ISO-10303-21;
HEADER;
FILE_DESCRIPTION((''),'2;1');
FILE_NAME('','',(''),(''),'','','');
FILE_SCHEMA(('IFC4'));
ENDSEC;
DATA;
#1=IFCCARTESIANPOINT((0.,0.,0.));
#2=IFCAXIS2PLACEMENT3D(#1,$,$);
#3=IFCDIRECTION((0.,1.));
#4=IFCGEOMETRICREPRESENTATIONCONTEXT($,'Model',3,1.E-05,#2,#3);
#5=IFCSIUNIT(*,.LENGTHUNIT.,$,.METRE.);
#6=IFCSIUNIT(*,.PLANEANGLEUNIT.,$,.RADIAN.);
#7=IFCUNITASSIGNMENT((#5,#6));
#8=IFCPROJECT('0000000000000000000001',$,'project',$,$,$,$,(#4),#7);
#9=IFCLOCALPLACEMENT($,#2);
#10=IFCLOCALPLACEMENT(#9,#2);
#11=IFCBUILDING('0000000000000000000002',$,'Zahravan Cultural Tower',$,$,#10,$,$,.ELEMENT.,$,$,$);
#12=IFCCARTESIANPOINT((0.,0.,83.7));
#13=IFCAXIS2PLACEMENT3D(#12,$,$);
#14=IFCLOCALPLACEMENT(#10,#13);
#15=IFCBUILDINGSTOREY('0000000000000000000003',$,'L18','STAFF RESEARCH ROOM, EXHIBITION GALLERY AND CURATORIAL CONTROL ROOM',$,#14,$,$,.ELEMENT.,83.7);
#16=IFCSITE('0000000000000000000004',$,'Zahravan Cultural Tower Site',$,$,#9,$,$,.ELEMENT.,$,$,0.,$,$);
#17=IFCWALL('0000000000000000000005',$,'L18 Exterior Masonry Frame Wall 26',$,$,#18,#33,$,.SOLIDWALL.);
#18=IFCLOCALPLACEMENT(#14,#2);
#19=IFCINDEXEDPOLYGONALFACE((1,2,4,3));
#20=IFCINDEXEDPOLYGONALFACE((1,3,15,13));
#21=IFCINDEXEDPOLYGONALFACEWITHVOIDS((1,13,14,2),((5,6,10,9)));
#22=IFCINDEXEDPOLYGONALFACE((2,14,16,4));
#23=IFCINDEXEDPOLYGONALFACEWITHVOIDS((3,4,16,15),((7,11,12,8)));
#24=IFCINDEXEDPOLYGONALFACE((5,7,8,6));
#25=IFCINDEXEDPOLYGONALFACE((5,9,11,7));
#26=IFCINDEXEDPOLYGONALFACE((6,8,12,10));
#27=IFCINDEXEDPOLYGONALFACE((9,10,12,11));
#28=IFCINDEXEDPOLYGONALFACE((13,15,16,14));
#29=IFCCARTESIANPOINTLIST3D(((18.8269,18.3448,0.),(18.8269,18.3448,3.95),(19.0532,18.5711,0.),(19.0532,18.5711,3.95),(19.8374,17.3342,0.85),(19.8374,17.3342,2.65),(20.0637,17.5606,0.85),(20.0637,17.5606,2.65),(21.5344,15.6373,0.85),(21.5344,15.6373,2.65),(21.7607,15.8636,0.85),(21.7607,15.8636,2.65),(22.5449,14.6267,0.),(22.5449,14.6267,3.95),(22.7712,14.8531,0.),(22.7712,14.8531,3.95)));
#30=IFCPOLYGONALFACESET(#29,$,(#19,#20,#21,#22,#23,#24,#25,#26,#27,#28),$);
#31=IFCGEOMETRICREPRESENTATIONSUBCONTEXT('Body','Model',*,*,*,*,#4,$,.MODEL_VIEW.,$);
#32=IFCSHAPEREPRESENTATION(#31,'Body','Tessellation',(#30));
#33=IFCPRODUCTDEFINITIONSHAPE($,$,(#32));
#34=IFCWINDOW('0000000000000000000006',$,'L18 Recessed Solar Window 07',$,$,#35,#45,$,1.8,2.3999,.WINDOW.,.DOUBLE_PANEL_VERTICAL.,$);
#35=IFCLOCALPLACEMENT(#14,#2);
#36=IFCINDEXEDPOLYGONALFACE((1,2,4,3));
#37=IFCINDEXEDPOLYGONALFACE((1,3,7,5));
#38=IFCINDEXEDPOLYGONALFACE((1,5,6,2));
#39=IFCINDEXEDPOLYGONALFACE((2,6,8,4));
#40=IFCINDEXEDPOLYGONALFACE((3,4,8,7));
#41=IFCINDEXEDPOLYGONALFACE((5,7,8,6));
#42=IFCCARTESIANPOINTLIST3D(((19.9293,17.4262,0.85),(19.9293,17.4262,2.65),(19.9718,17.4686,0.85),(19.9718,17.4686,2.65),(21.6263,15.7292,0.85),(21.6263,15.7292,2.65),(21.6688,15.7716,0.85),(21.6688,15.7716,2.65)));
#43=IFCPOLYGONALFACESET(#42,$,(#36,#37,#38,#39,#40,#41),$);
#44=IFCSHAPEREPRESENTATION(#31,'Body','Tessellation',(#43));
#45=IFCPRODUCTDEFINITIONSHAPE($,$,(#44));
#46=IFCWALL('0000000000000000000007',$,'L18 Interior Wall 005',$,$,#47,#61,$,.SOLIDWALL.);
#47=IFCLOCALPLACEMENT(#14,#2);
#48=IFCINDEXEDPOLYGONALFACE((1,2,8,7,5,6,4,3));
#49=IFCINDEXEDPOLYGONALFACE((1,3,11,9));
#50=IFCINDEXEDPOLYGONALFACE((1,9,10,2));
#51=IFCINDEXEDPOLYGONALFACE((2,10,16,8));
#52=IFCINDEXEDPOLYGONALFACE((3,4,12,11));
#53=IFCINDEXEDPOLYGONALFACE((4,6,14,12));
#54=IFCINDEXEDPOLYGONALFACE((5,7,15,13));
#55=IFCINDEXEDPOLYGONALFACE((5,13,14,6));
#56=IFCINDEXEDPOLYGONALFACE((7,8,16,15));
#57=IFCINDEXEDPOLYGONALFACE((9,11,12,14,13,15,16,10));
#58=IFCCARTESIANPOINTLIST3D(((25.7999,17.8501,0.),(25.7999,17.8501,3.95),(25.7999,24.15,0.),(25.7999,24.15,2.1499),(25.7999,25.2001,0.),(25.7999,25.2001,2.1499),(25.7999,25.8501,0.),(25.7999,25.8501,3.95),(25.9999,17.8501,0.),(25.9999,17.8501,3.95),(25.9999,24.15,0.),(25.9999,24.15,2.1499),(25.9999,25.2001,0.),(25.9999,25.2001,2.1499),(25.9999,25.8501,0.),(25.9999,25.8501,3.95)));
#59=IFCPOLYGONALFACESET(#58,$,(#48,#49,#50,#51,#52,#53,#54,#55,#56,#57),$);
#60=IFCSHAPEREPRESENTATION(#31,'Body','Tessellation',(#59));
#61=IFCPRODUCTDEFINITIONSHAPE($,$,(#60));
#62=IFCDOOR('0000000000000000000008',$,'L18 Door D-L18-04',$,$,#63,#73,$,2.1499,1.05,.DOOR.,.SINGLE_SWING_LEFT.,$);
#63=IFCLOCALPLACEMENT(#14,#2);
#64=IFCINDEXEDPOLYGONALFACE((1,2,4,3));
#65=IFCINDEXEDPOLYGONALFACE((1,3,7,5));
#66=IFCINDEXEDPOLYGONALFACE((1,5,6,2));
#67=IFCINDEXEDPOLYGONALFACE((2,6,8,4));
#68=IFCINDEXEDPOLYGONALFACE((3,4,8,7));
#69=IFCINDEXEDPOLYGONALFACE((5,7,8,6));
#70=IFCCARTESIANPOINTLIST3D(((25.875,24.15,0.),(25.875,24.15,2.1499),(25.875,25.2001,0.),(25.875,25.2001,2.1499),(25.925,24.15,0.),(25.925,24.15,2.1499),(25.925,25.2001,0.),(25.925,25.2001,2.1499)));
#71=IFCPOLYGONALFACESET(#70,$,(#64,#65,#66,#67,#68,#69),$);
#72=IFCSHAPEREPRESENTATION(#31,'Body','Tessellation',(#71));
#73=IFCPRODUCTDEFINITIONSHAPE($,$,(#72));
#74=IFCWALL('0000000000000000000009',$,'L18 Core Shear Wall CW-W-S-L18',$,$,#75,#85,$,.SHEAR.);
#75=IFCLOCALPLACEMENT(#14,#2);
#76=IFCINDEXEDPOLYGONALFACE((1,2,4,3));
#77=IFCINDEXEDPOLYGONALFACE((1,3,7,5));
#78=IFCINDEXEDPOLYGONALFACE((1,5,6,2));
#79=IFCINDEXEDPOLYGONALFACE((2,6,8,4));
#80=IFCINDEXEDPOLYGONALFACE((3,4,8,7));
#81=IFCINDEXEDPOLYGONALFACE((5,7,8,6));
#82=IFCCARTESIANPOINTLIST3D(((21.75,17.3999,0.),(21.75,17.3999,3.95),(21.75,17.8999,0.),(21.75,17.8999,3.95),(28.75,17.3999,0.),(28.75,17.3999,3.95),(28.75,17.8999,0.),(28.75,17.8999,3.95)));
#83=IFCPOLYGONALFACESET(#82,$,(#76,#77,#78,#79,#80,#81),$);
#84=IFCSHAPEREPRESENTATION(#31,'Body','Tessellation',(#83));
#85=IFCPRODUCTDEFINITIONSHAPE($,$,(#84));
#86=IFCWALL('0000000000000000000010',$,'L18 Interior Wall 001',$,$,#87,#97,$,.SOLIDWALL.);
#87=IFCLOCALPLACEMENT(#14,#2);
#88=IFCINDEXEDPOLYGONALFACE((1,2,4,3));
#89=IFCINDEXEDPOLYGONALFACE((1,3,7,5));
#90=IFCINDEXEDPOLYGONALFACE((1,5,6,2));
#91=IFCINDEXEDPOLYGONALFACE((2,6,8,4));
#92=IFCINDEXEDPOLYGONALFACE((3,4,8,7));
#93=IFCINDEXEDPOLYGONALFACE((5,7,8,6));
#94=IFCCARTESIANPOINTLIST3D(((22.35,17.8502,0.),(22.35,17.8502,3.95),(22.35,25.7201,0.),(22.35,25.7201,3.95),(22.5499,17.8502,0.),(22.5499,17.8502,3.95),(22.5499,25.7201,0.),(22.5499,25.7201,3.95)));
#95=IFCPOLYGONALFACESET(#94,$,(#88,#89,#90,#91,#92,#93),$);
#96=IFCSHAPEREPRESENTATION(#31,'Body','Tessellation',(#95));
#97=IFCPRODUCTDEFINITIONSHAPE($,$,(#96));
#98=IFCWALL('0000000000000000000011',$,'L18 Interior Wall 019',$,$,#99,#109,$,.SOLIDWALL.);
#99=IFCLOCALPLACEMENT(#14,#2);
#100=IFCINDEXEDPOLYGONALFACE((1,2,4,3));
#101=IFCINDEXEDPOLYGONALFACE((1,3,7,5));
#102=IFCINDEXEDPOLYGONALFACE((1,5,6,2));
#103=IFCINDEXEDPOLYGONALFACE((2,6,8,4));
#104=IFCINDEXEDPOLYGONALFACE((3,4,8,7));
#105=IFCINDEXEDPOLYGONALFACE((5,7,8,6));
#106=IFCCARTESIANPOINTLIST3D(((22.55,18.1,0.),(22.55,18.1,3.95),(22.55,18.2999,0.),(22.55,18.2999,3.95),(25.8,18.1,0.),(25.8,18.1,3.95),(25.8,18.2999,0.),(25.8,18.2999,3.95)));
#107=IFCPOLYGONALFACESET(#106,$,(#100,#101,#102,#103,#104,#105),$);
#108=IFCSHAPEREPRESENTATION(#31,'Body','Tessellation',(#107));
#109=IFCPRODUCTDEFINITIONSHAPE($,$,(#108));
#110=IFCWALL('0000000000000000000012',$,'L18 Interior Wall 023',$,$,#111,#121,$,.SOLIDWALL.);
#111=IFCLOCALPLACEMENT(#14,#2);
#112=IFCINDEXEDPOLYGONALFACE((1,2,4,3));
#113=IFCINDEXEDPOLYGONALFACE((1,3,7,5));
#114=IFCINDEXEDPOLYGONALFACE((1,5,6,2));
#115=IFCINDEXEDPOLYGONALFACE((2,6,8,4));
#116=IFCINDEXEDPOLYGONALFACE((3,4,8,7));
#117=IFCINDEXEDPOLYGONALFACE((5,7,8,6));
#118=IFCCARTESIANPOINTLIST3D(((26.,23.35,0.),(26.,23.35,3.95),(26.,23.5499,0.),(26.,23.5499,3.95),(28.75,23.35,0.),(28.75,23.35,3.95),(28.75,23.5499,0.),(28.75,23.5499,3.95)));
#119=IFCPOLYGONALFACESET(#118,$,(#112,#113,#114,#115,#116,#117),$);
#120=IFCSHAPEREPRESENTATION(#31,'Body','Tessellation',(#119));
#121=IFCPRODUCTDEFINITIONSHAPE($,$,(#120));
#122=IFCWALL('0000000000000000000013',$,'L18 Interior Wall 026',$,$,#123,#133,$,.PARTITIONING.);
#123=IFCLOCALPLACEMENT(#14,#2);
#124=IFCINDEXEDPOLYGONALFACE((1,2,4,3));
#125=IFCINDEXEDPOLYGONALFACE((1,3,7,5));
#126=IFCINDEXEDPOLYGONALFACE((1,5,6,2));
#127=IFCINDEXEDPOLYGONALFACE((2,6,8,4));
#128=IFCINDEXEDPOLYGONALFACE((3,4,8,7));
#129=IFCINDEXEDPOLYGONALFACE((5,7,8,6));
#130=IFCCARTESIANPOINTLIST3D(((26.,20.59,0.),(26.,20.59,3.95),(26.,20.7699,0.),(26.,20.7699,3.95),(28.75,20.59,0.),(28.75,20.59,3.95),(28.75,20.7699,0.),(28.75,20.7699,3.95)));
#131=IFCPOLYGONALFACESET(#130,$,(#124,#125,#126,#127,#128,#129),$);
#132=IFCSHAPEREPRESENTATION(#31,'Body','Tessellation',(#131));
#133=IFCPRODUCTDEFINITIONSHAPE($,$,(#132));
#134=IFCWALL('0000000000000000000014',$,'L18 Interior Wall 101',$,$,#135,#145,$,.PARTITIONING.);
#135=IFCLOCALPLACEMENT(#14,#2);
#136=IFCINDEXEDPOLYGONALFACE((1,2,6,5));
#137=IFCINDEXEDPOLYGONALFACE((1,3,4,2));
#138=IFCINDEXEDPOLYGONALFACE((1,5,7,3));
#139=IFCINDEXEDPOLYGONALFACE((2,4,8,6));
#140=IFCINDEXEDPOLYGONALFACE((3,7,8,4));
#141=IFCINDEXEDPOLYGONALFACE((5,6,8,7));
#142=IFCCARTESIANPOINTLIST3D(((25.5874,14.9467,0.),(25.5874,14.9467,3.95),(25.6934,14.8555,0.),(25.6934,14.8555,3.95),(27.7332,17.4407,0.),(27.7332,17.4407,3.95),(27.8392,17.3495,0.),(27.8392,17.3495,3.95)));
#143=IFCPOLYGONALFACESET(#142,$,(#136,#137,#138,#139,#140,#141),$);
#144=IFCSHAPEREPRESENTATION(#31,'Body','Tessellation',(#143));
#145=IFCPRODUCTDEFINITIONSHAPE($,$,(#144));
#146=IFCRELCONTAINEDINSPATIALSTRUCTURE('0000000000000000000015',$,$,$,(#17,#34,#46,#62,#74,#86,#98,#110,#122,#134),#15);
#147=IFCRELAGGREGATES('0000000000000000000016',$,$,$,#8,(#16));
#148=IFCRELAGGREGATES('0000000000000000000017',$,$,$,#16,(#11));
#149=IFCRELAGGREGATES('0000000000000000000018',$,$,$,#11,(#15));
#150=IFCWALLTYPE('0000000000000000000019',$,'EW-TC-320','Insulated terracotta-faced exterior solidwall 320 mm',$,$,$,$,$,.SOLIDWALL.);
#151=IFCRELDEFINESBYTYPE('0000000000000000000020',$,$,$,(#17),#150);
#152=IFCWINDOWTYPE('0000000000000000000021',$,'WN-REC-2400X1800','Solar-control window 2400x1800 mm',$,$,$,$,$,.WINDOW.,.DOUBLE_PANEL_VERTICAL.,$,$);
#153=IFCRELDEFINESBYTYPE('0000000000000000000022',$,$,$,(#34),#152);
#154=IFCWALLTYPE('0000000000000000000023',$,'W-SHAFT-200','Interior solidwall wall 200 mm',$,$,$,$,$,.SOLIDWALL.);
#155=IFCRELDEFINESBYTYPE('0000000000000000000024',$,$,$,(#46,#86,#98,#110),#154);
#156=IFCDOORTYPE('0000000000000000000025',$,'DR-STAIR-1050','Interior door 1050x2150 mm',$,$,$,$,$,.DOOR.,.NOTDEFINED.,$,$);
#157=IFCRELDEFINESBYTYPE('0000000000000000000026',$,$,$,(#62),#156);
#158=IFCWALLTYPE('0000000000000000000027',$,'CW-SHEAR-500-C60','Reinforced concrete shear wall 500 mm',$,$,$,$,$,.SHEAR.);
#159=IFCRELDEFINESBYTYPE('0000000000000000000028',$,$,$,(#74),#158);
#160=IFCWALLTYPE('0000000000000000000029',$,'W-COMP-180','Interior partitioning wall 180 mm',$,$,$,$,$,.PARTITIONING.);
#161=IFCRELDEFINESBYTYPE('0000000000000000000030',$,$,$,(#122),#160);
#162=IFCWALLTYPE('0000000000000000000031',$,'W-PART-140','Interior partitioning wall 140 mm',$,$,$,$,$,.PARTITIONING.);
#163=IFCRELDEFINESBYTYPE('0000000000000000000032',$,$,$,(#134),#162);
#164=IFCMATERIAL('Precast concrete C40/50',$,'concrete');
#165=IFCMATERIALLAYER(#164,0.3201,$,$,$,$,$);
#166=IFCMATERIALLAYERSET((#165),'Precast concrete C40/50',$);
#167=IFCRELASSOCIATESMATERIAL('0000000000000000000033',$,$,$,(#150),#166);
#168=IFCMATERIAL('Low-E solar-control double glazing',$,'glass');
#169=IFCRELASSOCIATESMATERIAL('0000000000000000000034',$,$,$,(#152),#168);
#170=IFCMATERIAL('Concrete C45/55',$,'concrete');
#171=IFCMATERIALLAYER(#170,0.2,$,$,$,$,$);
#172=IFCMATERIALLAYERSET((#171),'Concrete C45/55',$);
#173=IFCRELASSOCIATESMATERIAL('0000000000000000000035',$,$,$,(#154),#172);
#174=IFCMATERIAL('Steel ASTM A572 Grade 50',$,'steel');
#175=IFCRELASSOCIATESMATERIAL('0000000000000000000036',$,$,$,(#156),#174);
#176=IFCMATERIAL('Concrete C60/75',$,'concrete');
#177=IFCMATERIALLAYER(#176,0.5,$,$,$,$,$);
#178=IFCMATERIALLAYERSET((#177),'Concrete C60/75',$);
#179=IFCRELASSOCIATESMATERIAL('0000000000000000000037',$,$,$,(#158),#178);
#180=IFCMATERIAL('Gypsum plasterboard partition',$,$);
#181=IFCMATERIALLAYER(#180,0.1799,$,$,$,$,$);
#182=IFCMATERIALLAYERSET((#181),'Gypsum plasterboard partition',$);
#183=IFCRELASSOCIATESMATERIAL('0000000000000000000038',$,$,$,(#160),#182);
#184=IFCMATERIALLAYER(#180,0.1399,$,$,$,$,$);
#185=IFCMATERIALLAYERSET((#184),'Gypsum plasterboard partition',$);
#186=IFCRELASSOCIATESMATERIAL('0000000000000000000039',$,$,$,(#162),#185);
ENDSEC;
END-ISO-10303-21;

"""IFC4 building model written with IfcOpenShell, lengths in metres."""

from ifc_helpers import new_model, si_unit, direction, frame, frame_2d, origin, place, context, subcontext, project, spatial, rectangle, extrude, source, transform, mapped, material, layer, layer_set, type_object, element, fill, save


model = new_model("IFC4")

# Units and contexts
model_context = context("Model", 3, precision=1e-05, world=origin(), true_north=direction((0.0, 1.0)))
body_context = subcontext(model_context, "Body", "Model", "MODEL_VIEW")
ifc_project = project(units=[si_unit("LENGTHUNIT", "METRE"), si_unit("PLANEANGLEUNIT", "RADIAN")], contexts=[model_context])

# Site, building, storey
site_placement = place(None, origin())
site = spatial("IfcSite", under=ifc_project, at=site_placement, Name="Zahravan Cultural Tower Site", CompositionType="ELEMENT", RefElevation=0.0)
building_placement = place(site_placement, origin())
building = spatial("IfcBuilding", under=site, at=building_placement, Name="Zahravan Cultural Tower", CompositionType="ELEMENT")
storey_placement = place(building_placement, frame((0.0, 0.0, 83.7)))
storey = spatial("IfcBuildingStorey", under=building, at=storey_placement, Name="L18", Description="STAFF RESEARCH ROOM, EXHIBITION GALLERY AND CURATORIAL CONTROL ROOM", CompositionType="ELEMENT", Elevation=83.7)

# Shared definitions
ifc_material_1 = material(Name="Concrete C60/75", Category="concrete")

# Wall, opening, window
ifc_material_2 = material(Name="Precast concrete C40/50", Category="concrete")
ifc_layer_1 = layer(ifc_material_2, 0.3201)
ifc_layer_set_1 = layer_set([ifc_layer_1], Name="Precast concrete C40/50")
wall_type_1 = type_object("IfcWallType", Name="EW-TC-320", Description="Insulated terracotta-faced exterior solidwall 320 mm", PredefinedType="SOLIDWALL", material=ifc_layer_set_1)
wall_1_placement = place(storey_placement, frame((22.658, 14.74, 0.0), z_axis=(0.0, 0.0, 1.0), x_axis=(-0.707107, 0.707107, 0.0)))
wall_1 = element("IfcWall", 1, at=wall_1_placement, inside=storey, type_object=wall_type_1, Name="L18 Exterior Masonry Frame Wall 26", PredefinedType="SOLIDWALL", context=body_context, shape_type="SweptSolid", body=[
    extrude(rectangle(XDim=5.2581, YDim=0.3201, at=frame_2d((2.6289, 0.0))), origin(), (0.0, 0.0, 1.0), 3.95),
])
opening_1_placement = place(wall_1_placement, frame((1.429, 0.0, 0.8501)))
opening_1 = element("IfcOpeningElement", 2, at=opening_1_placement, cuts=wall_1, PredefinedType="OPENING", context=body_context, shape_type="SweptSolid", body=[
    extrude(rectangle(XDim=2.3999, YDim=1.8, at=frame_2d((1.2, 0.8999))), frame((0.0, 0.1699, 0.0), z_axis=(0.0, -1.0, 0.0), x_axis=(1.0, 0.0, 0.0)), (0.0, 0.0, 1.0), 0.3401),
])
ifc_material_3 = material(Name="Low-E solar-control double glazing", Category="glass")
window_type = type_object("IfcWindowType", Name="WN-REC-2400X1800", Description="Solar-control window 2400x1800 mm", PartitioningType="DOUBLE_PANEL_VERTICAL", PredefinedType="WINDOW", material=ifc_material_3)
shared_shape_1 = source(origin(), body_context, "Body", "SweptSolid", [
    extrude(rectangle(XDim=2.3999, YDim=1.8, at=frame_2d((1.2, 0.8999))), frame((0.0, 0.03, 0.0), z_axis=(0.0, -1.0, 0.0), x_axis=(1.0, 0.0, 0.0)), (0.0, 0.0, 1.0), 0.0601),
])
window_placement = place(opening_1_placement, origin())
window = element("IfcWindow", 3, at=window_placement, inside=storey, type_object=window_type, Name="L18 Recessed Solar Window 07", OverallHeight=1.8, OverallWidth=2.3999, PartitioningType="DOUBLE_PANEL_VERTICAL", PredefinedType="WINDOW", context=body_context, shape_type="MappedRepresentation", body=[
    mapped(shared_shape_1, transform((0.0, 0.0, 0.0), x_axis=(1.0, 0.0, 0.0), y_axis=(0.0, 1.0, 0.0), z_axis=(0.0, 0.0, 1.0), scale=1.0)),
])
fill(opening_1, window)

# Wall, opening, door
ifc_material_4 = material(Name="Concrete C45/55", Category="concrete")
ifc_layer_2 = layer(ifc_material_4, 0.2)
ifc_layer_set_2 = layer_set([ifc_layer_2], Name="Concrete C45/55")
wall_type_2 = type_object("IfcWallType", Name="W-SHAFT-200", Description="Interior solidwall wall 200 mm", PredefinedType="SOLIDWALL", material=ifc_layer_set_2)
wall_2_placement = place(storey_placement, frame((25.8999, 17.8501, 0.0), z_axis=(0.0, 0.0, 1.0), x_axis=(0.0, 1.0, 0.0)))
wall_2 = element("IfcWall", 4, at=wall_2_placement, inside=storey, type_object=wall_type_2, Name="L18 Interior Wall 005", PredefinedType="SOLIDWALL", context=body_context, shape_type="SweptSolid", body=[
    extrude(rectangle(XDim=8.0, YDim=0.2, at=frame_2d((4.0, 0.0))), origin(), (0.0, 0.0, 1.0), 3.95),
])
opening_2_placement = place(wall_2_placement, frame((6.3, 0.0, 0.0)))
opening_2 = element("IfcOpeningElement", 5, at=opening_2_placement, cuts=wall_2, PredefinedType="OPENING", context=body_context, shape_type="SweptSolid", body=[
    extrude(rectangle(XDim=1.05, YDim=2.1499, at=frame_2d((0.5249, 1.075))), frame((0.0, 0.1099, 0.0), z_axis=(0.0, -1.0, 0.0), x_axis=(1.0, 0.0, 0.0)), (0.0, 0.0, 1.0), 0.22),
])
ifc_material_5 = material(Name="Steel ASTM A572 Grade 50", Category="steel")
door_type = type_object("IfcDoorType", Name="DR-STAIR-1050", Description="Interior door 1050x2150 mm", OperationType="NOTDEFINED", PredefinedType="DOOR", material=ifc_material_5)
shared_shape_2 = source(origin(), body_context, "Body", "SweptSolid", [
    extrude(rectangle(XDim=1.05, YDim=2.1499, at=frame_2d((0.5249, 1.075))), frame((0.0, 0.0249, 0.0), z_axis=(0.0, -1.0, 0.0), x_axis=(1.0, 0.0, 0.0)), (0.0, 0.0, 1.0), 0.05),
])
door_placement = place(opening_2_placement, origin())
door = element("IfcDoor", 6, at=door_placement, inside=storey, type_object=door_type, Name="L18 Door D-L18-04", OperationType="SINGLE_SWING_LEFT", OverallHeight=2.1499, OverallWidth=1.05, PredefinedType="DOOR", context=body_context, shape_type="MappedRepresentation", body=[
    mapped(shared_shape_2, transform((0.0, 0.0, 0.0), x_axis=(1.0, 0.0, 0.0), y_axis=(0.0, 1.0, 0.0), z_axis=(0.0, 0.0, 1.0), scale=1.0)),
])
fill(opening_2, door)

# Walls
ifc_layer_3 = layer(ifc_material_1, 0.5)
ifc_layer_set_3 = layer_set([ifc_layer_3], Name="Concrete C60/75")
wall_type_3 = type_object("IfcWallType", Name="CW-SHEAR-500-C60", Description="Reinforced concrete shear wall 500 mm", PredefinedType="SHEAR", material=ifc_layer_set_3)
shared_shape_3 = source(origin(), body_context, "Body", "SweptSolid", [
    extrude(rectangle(XDim=7.0, YDim=0.5, at=frame_2d((3.5, 0.0))), origin(), (0.0, 0.0, 1.0), 3.95),
])
wall_3_placement = place(storey_placement, frame((21.75, 17.6499, 0.0), z_axis=(0.0, 0.0, 1.0), x_axis=(1.0, 0.0, 0.0)))
element("IfcWall", 7, at=wall_3_placement, inside=storey, type_object=wall_type_3, Name="L18 Core Shear Wall CW-W-S-L18", PredefinedType="SHEAR", context=body_context, shape_type="MappedRepresentation", body=[
    mapped(shared_shape_3, transform((0.0, 0.0, 0.0), x_axis=(1.0, 0.0, 0.0), y_axis=(0.0, 1.0, 0.0), z_axis=(0.0, 0.0, 1.0), scale=1.0)),
])
shared_shape_4 = source(origin(), body_context, "Body", "SweptSolid", [
    extrude(rectangle(XDim=7.8699, YDim=0.2, at=frame_2d((3.9351, 0.0))), origin(), (0.0, 0.0, 1.0), 3.95),
])
wall_4_placement = place(storey_placement, frame((22.45, 17.8501, 0.0), z_axis=(0.0, 0.0, 1.0), x_axis=(0.0, 1.0, 0.0)))
element("IfcWall", 8, at=wall_4_placement, inside=storey, type_object=wall_type_2, Name="L18 Interior Wall 001", PredefinedType="SOLIDWALL", context=body_context, shape_type="MappedRepresentation", body=[
    mapped(shared_shape_4, transform((0.0, 0.0, 0.0), x_axis=(1.0, 0.0, 0.0), y_axis=(0.0, 1.0, 0.0), z_axis=(0.0, 0.0, 1.0), scale=1.0)),
])
shared_shape_5 = source(origin(), body_context, "Body", "SweptSolid", [
    extrude(rectangle(XDim=3.25, YDim=0.2, at=frame_2d((1.625, 0.0))), origin(), (0.0, 0.0, 1.0), 3.95),
])
wall_5_placement = place(storey_placement, frame((22.55, 18.2, 0.0), z_axis=(0.0, 0.0, 1.0), x_axis=(1.0, 0.0, 0.0)))
element("IfcWall", 9, at=wall_5_placement, inside=storey, type_object=wall_type_2, Name="L18 Interior Wall 019", PredefinedType="SOLIDWALL", context=body_context, shape_type="MappedRepresentation", body=[
    mapped(shared_shape_5, transform((0.0, 0.0, 0.0), x_axis=(1.0, 0.0, 0.0), y_axis=(0.0, 1.0, 0.0), z_axis=(0.0, 0.0, 1.0), scale=1.0)),
])
shared_shape_6 = source(origin(), body_context, "Body", "SweptSolid", [
    extrude(rectangle(XDim=2.75, YDim=0.2, at=frame_2d((1.375, 0.0))), origin(), (0.0, 0.0, 1.0), 3.95),
])
wall_6_placement = place(storey_placement, frame((26.0, 23.45, 0.0), z_axis=(0.0, 0.0, 1.0), x_axis=(1.0, 0.0, 0.0)))
element("IfcWall", 10, at=wall_6_placement, inside=storey, type_object=wall_type_2, Name="L18 Interior Wall 023", PredefinedType="SOLIDWALL", context=body_context, shape_type="MappedRepresentation", body=[
    mapped(shared_shape_6, transform((0.0, 0.0, 0.0), x_axis=(1.0, 0.0, 0.0), y_axis=(0.0, 1.0, 0.0), z_axis=(0.0, 0.0, 1.0), scale=1.0)),
])
ifc_material_6 = material(Name="Gypsum plasterboard partition")
ifc_layer_4 = layer(ifc_material_6, 0.1799)
ifc_layer_set_4 = layer_set([ifc_layer_4], Name="Gypsum plasterboard partition")
wall_type_4 = type_object("IfcWallType", Name="W-COMP-180", Description="Interior partitioning wall 180 mm", PredefinedType="PARTITIONING", material=ifc_layer_set_4)
shared_shape_7 = source(origin(), body_context, "Body", "SweptSolid", [
    extrude(rectangle(XDim=2.75, YDim=0.1799, at=frame_2d((1.375, 0.0))), origin(), (0.0, 0.0, 1.0), 3.95),
])
wall_7_placement = place(storey_placement, frame((26.0, 20.6799, 0.0), z_axis=(0.0, 0.0, 1.0), x_axis=(1.0, 0.0, 0.0)))
element("IfcWall", 11, at=wall_7_placement, inside=storey, type_object=wall_type_4, Name="L18 Interior Wall 026", PredefinedType="PARTITIONING", context=body_context, shape_type="MappedRepresentation", body=[
    mapped(shared_shape_7, transform((0.0, 0.0, 0.0), x_axis=(1.0, 0.0, 0.0), y_axis=(0.0, 1.0, 0.0), z_axis=(0.0, 0.0, 1.0), scale=1.0)),
])
ifc_layer_5 = layer(ifc_material_6, 0.1399)
ifc_layer_set_5 = layer_set([ifc_layer_5], Name="Gypsum plasterboard partition")
wall_type_5 = type_object("IfcWallType", Name="W-PART-140", Description="Interior partitioning wall 140 mm", PredefinedType="PARTITIONING", material=ifc_layer_set_5)
shared_shape_8 = source(origin(), body_context, "Body", "SweptSolid", [
    extrude(rectangle(XDim=3.29, YDim=0.1399, at=frame_2d((1.645, 0.0))), origin(), (0.0, 0.0, 1.0), 3.95),
])
wall_8_placement = place(storey_placement, frame((25.6404, 14.9011, 0.0), z_axis=(0.0, 0.0, 1.0), x_axis=(0.652214, 0.758035, 0.0)))
element("IfcWall", 12, at=wall_8_placement, inside=storey, type_object=wall_type_5, Name="L18 Interior Wall 101", PredefinedType="PARTITIONING", context=body_context, shape_type="MappedRepresentation", body=[
    mapped(shared_shape_8, transform((0.0, 0.0, 0.0), x_axis=(1.0, 0.0, 0.0), y_axis=(0.0, 1.0, 0.0), z_axis=(0.0, 0.0, 1.0), scale=1.0)),
])

save(model, "model.ifc")
